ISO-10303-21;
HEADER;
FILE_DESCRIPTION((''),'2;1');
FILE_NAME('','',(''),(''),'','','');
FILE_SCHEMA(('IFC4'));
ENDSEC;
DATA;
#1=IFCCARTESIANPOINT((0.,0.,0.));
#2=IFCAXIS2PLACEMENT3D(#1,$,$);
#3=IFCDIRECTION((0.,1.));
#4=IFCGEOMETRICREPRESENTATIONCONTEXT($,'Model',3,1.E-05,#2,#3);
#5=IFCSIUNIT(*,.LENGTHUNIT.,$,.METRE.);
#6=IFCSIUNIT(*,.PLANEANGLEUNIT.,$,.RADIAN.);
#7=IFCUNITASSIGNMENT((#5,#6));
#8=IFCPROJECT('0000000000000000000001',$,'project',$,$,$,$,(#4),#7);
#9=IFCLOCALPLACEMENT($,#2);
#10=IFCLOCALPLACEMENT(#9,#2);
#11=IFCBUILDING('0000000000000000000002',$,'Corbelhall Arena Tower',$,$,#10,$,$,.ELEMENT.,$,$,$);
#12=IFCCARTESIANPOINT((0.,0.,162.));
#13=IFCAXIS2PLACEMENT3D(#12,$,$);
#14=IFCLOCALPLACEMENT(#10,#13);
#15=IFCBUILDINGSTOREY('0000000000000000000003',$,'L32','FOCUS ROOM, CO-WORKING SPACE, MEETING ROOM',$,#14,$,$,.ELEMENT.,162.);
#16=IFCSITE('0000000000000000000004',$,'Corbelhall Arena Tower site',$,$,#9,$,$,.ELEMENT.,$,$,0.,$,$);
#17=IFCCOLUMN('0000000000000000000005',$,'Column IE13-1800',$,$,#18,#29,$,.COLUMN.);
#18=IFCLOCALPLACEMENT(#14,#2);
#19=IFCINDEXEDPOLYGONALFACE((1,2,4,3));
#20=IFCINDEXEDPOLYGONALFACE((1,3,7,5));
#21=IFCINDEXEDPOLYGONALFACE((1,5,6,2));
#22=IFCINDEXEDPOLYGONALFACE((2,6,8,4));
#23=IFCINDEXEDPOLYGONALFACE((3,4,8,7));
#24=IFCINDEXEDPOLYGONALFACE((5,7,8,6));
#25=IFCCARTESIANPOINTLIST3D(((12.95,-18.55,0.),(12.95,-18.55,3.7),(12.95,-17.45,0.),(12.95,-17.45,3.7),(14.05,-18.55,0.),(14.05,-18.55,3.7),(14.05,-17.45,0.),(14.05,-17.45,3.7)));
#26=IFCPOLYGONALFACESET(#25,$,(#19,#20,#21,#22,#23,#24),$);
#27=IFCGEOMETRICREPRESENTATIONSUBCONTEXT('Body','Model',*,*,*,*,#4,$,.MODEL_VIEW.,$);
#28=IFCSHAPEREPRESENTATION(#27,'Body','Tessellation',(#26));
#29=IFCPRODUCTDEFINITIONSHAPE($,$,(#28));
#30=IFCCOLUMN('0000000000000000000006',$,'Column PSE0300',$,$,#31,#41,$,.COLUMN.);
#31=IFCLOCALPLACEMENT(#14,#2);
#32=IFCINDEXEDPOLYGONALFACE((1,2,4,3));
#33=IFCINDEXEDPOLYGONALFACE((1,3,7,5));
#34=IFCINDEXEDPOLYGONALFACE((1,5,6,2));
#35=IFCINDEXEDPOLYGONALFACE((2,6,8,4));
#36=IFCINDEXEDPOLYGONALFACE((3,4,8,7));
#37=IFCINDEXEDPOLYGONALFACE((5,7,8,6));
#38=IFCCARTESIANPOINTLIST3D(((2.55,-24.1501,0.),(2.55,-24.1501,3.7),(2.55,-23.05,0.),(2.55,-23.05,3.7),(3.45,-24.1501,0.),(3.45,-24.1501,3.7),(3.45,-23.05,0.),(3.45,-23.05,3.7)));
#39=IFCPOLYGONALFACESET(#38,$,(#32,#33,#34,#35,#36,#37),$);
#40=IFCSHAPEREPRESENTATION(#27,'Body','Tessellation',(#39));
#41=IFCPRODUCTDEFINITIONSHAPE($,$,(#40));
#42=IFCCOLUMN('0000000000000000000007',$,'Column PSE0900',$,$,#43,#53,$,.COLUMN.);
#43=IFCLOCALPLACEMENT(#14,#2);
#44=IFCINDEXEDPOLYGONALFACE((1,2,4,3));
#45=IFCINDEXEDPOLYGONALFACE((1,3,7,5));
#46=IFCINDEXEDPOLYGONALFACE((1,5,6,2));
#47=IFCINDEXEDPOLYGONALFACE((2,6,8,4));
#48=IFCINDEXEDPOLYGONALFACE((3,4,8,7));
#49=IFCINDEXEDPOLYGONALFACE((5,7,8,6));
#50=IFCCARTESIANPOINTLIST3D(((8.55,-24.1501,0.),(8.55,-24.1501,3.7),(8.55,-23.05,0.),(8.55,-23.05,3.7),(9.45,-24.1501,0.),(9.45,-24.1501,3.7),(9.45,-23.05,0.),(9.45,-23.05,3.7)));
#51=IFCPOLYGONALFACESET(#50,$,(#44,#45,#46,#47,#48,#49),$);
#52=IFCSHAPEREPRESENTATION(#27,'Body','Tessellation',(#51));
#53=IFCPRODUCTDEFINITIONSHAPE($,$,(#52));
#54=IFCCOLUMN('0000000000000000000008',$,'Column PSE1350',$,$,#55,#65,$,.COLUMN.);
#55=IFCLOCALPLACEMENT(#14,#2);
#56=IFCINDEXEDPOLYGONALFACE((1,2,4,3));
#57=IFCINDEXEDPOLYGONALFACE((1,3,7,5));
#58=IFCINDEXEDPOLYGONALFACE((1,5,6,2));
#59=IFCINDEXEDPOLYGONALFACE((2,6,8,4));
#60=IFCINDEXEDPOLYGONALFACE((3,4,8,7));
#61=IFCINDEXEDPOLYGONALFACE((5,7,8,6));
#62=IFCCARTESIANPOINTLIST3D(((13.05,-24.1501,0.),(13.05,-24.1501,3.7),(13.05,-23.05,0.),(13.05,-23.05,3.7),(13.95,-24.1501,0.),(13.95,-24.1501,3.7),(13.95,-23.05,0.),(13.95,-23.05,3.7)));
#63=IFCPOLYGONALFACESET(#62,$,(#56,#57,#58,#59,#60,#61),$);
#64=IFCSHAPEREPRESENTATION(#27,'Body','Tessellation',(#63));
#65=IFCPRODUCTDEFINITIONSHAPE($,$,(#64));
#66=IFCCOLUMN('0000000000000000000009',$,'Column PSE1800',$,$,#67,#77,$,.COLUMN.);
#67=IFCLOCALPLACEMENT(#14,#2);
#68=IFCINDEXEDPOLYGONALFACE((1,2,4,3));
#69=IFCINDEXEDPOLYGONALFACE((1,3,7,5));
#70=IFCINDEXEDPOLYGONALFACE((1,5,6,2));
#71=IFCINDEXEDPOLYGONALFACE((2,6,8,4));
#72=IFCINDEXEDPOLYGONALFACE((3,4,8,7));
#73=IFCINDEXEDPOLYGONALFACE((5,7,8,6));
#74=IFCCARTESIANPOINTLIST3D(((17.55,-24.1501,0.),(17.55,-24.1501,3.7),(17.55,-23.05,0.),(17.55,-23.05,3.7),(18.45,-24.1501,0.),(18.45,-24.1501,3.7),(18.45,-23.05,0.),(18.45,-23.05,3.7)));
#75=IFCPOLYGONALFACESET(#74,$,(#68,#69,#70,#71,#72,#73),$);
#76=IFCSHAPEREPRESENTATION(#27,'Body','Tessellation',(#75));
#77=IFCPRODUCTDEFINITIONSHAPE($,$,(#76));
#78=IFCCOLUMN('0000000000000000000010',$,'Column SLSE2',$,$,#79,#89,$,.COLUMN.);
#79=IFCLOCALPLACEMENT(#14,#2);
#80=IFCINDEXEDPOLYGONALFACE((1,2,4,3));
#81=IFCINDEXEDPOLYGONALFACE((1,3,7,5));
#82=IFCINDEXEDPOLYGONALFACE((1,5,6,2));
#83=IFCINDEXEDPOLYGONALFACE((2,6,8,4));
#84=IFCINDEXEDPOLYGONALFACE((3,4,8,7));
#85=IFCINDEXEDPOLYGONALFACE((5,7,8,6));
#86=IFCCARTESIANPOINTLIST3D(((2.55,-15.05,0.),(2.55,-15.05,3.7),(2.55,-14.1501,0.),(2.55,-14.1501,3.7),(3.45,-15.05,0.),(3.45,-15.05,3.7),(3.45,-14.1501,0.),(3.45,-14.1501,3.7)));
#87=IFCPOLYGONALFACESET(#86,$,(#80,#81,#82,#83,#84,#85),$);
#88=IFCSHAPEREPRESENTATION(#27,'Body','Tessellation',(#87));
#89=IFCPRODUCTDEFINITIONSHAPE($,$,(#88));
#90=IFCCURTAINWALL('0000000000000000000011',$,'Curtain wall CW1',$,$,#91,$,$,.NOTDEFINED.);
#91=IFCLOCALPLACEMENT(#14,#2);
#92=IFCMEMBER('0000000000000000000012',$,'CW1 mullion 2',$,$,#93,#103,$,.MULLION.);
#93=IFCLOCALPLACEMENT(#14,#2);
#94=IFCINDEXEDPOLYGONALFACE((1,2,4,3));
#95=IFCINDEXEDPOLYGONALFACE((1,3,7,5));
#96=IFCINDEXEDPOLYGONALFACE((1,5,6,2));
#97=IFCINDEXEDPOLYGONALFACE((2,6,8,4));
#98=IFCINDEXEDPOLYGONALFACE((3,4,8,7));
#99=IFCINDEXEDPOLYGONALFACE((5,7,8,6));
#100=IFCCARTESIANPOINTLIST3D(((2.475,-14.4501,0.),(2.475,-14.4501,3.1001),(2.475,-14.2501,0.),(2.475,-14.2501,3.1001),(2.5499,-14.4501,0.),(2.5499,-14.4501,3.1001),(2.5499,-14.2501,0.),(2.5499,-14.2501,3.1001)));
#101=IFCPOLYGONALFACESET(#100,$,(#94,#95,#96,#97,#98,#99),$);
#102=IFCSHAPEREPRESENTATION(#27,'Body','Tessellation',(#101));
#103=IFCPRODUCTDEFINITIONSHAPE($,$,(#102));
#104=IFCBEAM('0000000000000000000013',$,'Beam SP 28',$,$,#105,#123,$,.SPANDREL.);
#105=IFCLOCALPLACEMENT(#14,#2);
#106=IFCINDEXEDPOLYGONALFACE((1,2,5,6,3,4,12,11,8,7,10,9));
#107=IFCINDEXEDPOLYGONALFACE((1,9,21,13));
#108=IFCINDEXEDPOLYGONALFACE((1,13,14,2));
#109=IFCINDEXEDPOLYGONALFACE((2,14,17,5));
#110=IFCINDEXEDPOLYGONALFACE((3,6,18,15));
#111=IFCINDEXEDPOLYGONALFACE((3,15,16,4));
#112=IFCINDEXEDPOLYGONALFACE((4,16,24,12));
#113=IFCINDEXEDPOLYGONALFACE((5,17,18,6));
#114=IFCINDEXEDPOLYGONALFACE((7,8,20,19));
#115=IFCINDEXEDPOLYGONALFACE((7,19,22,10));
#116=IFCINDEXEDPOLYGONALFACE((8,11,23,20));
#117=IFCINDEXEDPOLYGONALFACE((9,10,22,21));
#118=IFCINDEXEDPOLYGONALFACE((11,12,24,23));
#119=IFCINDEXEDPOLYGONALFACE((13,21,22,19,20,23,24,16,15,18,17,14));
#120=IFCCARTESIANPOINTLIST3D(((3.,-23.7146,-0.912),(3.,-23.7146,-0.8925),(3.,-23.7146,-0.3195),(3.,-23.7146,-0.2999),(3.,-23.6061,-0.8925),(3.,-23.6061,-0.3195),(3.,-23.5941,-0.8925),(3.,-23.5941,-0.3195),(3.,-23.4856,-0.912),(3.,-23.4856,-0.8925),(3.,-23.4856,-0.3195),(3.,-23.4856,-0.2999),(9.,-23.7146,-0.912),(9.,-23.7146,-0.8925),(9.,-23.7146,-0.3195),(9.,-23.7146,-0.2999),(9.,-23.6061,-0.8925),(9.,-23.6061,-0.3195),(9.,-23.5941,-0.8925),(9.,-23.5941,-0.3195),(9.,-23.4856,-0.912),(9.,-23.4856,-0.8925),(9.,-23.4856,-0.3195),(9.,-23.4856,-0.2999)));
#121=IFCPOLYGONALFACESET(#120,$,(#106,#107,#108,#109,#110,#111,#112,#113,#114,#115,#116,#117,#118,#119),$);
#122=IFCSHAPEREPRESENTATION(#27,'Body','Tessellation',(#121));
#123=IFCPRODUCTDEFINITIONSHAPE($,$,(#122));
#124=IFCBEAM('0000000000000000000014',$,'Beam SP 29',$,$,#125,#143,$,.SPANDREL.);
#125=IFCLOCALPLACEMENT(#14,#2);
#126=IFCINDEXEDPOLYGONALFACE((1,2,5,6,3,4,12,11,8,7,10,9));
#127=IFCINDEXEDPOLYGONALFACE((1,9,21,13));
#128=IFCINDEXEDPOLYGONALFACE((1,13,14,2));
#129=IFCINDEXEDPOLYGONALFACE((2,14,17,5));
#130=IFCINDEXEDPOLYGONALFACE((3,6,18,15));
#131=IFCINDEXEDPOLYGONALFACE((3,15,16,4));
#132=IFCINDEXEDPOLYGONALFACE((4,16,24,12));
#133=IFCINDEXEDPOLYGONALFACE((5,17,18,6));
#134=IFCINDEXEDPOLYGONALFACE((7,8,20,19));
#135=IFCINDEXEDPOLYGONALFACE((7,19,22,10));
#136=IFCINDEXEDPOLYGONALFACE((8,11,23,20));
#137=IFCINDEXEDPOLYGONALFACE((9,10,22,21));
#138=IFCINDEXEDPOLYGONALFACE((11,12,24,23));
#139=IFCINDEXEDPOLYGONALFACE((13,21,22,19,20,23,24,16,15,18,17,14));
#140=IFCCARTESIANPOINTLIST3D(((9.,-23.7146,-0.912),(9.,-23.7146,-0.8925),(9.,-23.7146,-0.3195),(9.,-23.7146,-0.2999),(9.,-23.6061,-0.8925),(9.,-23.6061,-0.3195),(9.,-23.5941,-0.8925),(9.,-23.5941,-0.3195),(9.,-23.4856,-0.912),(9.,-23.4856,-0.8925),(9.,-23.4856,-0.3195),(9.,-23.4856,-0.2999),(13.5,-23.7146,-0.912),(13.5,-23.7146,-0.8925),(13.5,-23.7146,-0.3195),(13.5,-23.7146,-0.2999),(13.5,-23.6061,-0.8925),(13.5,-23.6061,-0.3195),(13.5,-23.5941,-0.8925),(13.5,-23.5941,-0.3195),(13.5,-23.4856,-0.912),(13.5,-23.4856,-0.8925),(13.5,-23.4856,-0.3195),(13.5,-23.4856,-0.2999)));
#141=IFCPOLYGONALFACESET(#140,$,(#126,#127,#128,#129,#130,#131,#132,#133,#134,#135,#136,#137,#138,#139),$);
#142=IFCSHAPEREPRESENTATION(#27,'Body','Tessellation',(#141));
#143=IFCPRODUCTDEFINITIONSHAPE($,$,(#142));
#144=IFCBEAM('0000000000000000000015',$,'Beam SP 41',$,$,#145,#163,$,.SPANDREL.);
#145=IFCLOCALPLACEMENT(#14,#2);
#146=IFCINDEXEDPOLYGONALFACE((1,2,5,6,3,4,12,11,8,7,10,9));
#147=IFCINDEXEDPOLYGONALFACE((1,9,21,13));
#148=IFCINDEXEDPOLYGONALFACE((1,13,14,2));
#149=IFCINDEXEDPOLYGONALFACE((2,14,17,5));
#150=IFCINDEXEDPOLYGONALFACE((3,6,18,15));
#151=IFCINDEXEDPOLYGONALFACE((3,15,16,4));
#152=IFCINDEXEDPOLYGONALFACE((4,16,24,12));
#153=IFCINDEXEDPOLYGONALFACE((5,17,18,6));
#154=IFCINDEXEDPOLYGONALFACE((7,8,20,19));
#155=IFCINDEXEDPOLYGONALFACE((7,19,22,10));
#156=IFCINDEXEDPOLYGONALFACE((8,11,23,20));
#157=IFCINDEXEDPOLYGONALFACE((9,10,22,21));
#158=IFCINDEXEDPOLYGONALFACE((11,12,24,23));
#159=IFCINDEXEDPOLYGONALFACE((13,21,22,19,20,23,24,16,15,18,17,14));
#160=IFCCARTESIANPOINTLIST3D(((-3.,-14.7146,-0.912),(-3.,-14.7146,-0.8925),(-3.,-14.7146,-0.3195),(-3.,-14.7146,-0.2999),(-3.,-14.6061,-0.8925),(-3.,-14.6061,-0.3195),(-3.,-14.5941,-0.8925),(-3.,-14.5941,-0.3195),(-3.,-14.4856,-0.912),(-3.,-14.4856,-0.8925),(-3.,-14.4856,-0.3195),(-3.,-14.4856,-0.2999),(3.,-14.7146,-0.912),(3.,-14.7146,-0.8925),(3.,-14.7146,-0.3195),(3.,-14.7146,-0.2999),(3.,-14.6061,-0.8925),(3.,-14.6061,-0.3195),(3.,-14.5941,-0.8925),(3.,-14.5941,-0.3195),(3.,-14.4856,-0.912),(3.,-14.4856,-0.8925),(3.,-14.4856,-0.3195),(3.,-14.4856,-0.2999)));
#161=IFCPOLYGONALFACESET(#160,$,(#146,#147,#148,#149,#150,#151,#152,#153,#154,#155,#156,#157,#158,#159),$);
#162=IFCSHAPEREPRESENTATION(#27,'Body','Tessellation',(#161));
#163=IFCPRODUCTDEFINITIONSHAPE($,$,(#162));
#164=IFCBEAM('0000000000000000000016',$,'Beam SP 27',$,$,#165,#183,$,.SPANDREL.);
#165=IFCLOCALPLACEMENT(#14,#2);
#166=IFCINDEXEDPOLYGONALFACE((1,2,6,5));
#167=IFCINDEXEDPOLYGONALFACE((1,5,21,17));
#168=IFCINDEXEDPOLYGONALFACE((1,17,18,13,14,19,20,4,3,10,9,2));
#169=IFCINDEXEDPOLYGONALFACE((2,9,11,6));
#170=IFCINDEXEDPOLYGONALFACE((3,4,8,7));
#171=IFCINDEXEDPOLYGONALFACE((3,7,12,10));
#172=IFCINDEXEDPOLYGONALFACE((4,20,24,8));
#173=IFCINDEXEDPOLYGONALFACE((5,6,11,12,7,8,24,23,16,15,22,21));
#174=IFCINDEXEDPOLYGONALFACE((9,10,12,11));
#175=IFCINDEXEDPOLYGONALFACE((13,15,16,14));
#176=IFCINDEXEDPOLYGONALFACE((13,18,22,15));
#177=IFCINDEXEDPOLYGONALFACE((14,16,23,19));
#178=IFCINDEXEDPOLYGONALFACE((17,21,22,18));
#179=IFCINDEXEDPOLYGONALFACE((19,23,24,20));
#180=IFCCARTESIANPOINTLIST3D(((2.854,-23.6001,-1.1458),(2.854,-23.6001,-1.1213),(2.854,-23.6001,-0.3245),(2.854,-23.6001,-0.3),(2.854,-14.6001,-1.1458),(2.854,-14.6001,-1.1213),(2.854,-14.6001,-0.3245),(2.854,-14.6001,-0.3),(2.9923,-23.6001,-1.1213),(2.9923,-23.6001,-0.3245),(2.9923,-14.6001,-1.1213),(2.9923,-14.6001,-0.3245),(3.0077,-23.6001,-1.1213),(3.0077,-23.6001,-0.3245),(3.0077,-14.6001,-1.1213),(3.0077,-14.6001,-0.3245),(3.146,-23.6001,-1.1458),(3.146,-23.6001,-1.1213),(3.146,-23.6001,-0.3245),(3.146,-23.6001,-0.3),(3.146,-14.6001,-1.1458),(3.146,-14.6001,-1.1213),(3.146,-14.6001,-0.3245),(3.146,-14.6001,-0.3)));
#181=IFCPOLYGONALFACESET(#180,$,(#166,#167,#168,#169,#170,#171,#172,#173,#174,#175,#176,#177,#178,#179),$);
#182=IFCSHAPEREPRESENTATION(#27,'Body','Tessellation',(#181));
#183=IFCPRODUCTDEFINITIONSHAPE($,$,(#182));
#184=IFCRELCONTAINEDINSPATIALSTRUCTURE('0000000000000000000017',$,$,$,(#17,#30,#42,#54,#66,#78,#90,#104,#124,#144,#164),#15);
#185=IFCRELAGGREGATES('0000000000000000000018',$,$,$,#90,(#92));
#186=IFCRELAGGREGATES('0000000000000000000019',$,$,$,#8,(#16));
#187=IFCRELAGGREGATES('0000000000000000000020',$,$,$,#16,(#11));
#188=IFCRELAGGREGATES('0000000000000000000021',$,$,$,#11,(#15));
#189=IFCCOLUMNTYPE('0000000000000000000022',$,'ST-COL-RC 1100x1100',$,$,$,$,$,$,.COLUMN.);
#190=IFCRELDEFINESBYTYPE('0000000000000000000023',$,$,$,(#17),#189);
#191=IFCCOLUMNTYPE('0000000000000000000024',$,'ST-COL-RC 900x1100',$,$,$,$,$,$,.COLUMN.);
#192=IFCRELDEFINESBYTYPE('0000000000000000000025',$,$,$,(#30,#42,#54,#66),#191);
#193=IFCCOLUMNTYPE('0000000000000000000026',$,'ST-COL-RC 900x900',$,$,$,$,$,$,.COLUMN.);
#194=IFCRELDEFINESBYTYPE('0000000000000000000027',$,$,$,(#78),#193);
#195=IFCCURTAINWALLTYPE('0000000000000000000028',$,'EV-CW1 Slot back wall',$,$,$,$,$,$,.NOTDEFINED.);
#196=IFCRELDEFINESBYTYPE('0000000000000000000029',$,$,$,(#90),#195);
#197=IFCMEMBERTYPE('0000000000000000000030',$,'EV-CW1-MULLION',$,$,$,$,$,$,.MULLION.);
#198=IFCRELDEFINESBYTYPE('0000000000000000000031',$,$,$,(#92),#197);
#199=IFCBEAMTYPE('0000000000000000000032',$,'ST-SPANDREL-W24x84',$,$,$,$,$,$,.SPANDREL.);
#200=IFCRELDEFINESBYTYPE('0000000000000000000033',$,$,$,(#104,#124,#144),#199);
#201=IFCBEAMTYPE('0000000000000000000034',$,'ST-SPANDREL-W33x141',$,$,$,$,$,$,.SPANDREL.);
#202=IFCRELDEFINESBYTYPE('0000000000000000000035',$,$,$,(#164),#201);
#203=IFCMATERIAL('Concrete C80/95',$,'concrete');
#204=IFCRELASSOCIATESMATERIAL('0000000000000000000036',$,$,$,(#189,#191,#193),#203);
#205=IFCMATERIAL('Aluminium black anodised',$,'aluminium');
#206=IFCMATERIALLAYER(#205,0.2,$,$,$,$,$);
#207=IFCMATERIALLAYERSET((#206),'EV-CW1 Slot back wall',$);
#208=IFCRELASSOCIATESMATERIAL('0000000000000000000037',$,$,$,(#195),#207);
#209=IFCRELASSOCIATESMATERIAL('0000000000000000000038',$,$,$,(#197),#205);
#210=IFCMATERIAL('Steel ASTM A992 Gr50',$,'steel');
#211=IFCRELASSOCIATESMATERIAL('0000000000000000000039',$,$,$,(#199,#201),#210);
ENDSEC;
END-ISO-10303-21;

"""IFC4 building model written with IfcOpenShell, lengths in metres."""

from ifc_helpers import new_model, si_unit, direction, frame, origin, origin_2d, place, context, subcontext, project, spatial, rectangle, i_section, extrude, material, layer, layer_set, material_profile, profile_set, type_object, element, aggregate, save


model = new_model("IFC4")

# Units and contexts
model_context = context("Model", 3, precision=1e-05, world=origin(), true_north=direction((0.0, 1.0)))
body_context = subcontext(model_context, "Body", "Model", "MODEL_VIEW")
ifc_project = project(units=[si_unit("LENGTHUNIT", "METRE"), si_unit("PLANEANGLEUNIT", "RADIAN")], contexts=[model_context])

# Site, building, storey
site_placement = place(None, origin())
site = spatial("IfcSite", under=ifc_project, at=site_placement, Name="Corbelhall Arena Tower site", CompositionType="ELEMENT", RefElevation=0.0)
building_placement = place(site_placement, origin())
building = spatial("IfcBuilding", under=site, at=building_placement, Name="Corbelhall Arena Tower", CompositionType="ELEMENT")
storey_placement = place(building_placement, frame((0.0, 0.0, 162.0)))
storey = spatial("IfcBuildingStorey", under=building, at=storey_placement, Name="L32", Description="FOCUS ROOM, CO-WORKING SPACE, MEETING ROOM", CompositionType="ELEMENT", Elevation=162.0)

# Columns
ifc_material_1 = material(Name="Concrete C80/95", Category="concrete")
ifc_material_profile_1 = material_profile(ifc_material_1, rectangle(XDim=1.1001, YDim=1.1001, at=origin_2d()))
ifc_profile_set_1 = profile_set([ifc_material_profile_1], Name="Concrete C80/95")
column_type_1 = type_object("IfcColumnType", Name="ST-COL-RC 1100x1100", PredefinedType="COLUMN", material=ifc_profile_set_1)
column_1_placement = place(storey_placement, frame((13.5, -18.0, 0.0), z_axis=(0.0, 0.0, 1.0), x_axis=(1.0, 0.0, 0.0)))
element("IfcColumn", 1, at=column_1_placement, inside=storey, type_object=column_type_1, Name="Column IE13-1800", PredefinedType="COLUMN", context=body_context, shape_type="SweptSolid", body=[
    extrude(rectangle(XDim=1.1001, YDim=1.1001, at=origin_2d()), origin(), (0.0, 0.0, 1.0), 3.7),
])
ifc_material_profile_2 = material_profile(ifc_material_1, rectangle(XDim=0.8999, YDim=1.1001, at=origin_2d()))
ifc_profile_set_2 = profile_set([ifc_material_profile_2], Name="Concrete C80/95")
column_type_2 = type_object("IfcColumnType", Name="ST-COL-RC 900x1100", PredefinedType="COLUMN", material=ifc_profile_set_2)
for number, where, z_axis, x_axis, name in (
    (2, (3.0, -23.6001, 0.0), (0.0, 0.0, 1.0), (1.0, 0.0, 0.0), "Column PSE0300"),
    (3, (9.0, -23.6001, 0.0), (0.0, 0.0, 1.0), (1.0, 0.0, 0.0), "Column PSE0900"),
    (4, (13.5, -23.6001, 0.0), (0.0, 0.0, 1.0), (1.0, 0.0, 0.0), "Column PSE1350"),
    (5, (18.0, -23.6001, 0.0), (0.0, 0.0, 1.0), (1.0, 0.0, 0.0), "Column PSE1800"),
):
    element("IfcColumn", number, at=place(storey_placement, frame(where, z_axis=z_axis, x_axis=x_axis)), inside=storey, type_object=column_type_2, Name=name, PredefinedType="COLUMN", context=body_context, shape_type="SweptSolid", body=[
        extrude(rectangle(XDim=0.8999, YDim=1.1001, at=origin_2d()), origin(), (0.0, 0.0, 1.0), 3.7),
    ])
ifc_material_profile_3 = material_profile(ifc_material_1, rectangle(XDim=0.8999, YDim=0.8999, at=origin_2d()))
ifc_profile_set_3 = profile_set([ifc_material_profile_3], Name="Concrete C80/95")
column_type_3 = type_object("IfcColumnType", Name="ST-COL-RC 900x900", PredefinedType="COLUMN", material=ifc_profile_set_3)
column_2_placement = place(storey_placement, frame((3.0, -14.6001, 0.0), z_axis=(0.0, 0.0, 1.0), x_axis=(1.0, 0.0, 0.0)))
element("IfcColumn", 6, at=column_2_placement, inside=storey, type_object=column_type_3, Name="Column SLSE2", PredefinedType="COLUMN", context=body_context, shape_type="SweptSolid", body=[
    extrude(rectangle(XDim=0.8999, YDim=0.8999, at=origin_2d()), origin(), (0.0, 0.0, 1.0), 3.7),
])

# Curtain wall, member
ifc_material_2 = material(Name="Aluminium black anodised", Category="aluminium")
ifc_layer_1 = layer(ifc_material_2, 0.2)
ifc_layer_set_1 = layer_set([ifc_layer_1], Name="EV-CW1 Slot back wall")
curtain_wall_type = type_object("IfcCurtainWallType", Name="EV-CW1 Slot back wall", PredefinedType="NOTDEFINED", material=ifc_layer_set_1)
curtain_wall_placement = place(storey_placement, origin())
curtain_wall = element("IfcCurtainWall", 7, at=curtain_wall_placement, inside=storey, type_object=curtain_wall_type, Name="Curtain wall CW1", PredefinedType="NOTDEFINED")
ifc_material_profile_4 = material_profile(ifc_material_2, rectangle(XDim=0.2, YDim=0.075, at=origin_2d()))
ifc_profile_set_4 = profile_set([ifc_material_profile_4], Name="Aluminium black anodised")
member_type = type_object("IfcMemberType", Name="EV-CW1-MULLION", PredefinedType="MULLION", material=ifc_profile_set_4)
member_placement = place(storey_placement, frame((2.5125, -14.3501, 0.0), z_axis=(0.0, 0.0, 1.0), x_axis=(0.0, 1.0, 0.0)))
member = element("IfcMember", 8, at=member_placement, type_object=member_type, Name="CW1 mullion 2", PredefinedType="MULLION", context=body_context, shape_type="SweptSolid", body=[
    extrude(rectangle(XDim=0.2, YDim=0.075, at=origin_2d()), origin(), (0.0, 0.0, 1.0), 3.1001),
])

# Beams
ifc_material_3 = material(Name="Steel ASTM A992 Gr50", Category="steel")
ifc_material_profile_5 = material_profile(ifc_material_3, i_section(OverallWidth=0.229, OverallDepth=0.6121, WebThickness=0.012, FlangeThickness=0.0195, at=origin_2d()))
ifc_profile_set_5 = profile_set([ifc_material_profile_5], Name="Steel ASTM A992 Gr50")
beam_type_1 = type_object("IfcBeamType", Name="ST-SPANDREL-W24x84", PredefinedType="SPANDREL", material=ifc_profile_set_5)
beam_1_placement = place(storey_placement, frame((9.0, -23.6001, -0.606), z_axis=(-1.0, 0.0, 0.0), x_axis=(0.0, -1.0, 0.0)))
element("IfcBeam", 9, at=beam_1_placement, inside=storey, type_object=beam_type_1, Name="Beam SP 28", PredefinedType="SPANDREL", context=body_context, shape_type="SweptSolid", body=[
    extrude(i_section(OverallWidth=0.229, OverallDepth=0.6121, WebThickness=0.012, FlangeThickness=0.0195, at=origin_2d()), origin(), (0.0, 0.0, 1.0), 6.0),
])
beam_2_placement = place(storey_placement, frame((13.5, -23.6001, -0.606), z_axis=(-1.0, 0.0, 0.0), x_axis=(0.0, -1.0, 0.0)))
element("IfcBeam", 10, at=beam_2_placement, inside=storey, type_object=beam_type_1, Name="Beam SP 29", PredefinedType="SPANDREL", context=body_context, shape_type="SweptSolid", body=[
    extrude(i_section(OverallWidth=0.229, OverallDepth=0.6121, WebThickness=0.012, FlangeThickness=0.0195, at=origin_2d()), origin(), (0.0, 0.0, 1.0), 4.5),
])
beam_3_placement = place(storey_placement, frame((3.0, -14.6001, -0.606), z_axis=(-1.0, 0.0, 0.0), x_axis=(0.0, -1.0, 0.0)))
element("IfcBeam", 11, at=beam_3_placement, inside=storey, type_object=beam_type_1, Name="Beam SP 41", PredefinedType="SPANDREL", context=body_context, shape_type="SweptSolid", body=[
    extrude(i_section(OverallWidth=0.229, OverallDepth=0.6121, WebThickness=0.012, FlangeThickness=0.0195, at=origin_2d()), origin(), (0.0, 0.0, 1.0), 6.0),
])
ifc_material_profile_6 = material_profile(ifc_material_3, i_section(OverallWidth=0.292, OverallDepth=0.8457, WebThickness=0.0154, FlangeThickness=0.0244, at=origin_2d()))
ifc_profile_set_6 = profile_set([ifc_material_profile_6], Name="Steel ASTM A992 Gr50")
beam_type_2 = type_object("IfcBeamType", Name="ST-SPANDREL-W33x141", PredefinedType="SPANDREL", material=ifc_profile_set_6)
beam_4_placement = place(storey_placement, frame((3.0, -23.6001, -0.7229), z_axis=(0.0, 1.0, 0.0), x_axis=(-1.0, 0.0, 0.0)))
element("IfcBeam", 12, at=beam_4_placement, inside=storey, type_object=beam_type_2, Name="Beam SP 27", PredefinedType="SPANDREL", context=body_context, shape_type="SweptSolid", body=[
    extrude(i_section(OverallWidth=0.292, OverallDepth=0.8457, WebThickness=0.0154, FlangeThickness=0.0244, at=origin_2d()), origin(), (0.0, 0.0, 1.0), 9.0),
])

aggregate(curtain_wall, [member])

save(model, "model.ifc")
